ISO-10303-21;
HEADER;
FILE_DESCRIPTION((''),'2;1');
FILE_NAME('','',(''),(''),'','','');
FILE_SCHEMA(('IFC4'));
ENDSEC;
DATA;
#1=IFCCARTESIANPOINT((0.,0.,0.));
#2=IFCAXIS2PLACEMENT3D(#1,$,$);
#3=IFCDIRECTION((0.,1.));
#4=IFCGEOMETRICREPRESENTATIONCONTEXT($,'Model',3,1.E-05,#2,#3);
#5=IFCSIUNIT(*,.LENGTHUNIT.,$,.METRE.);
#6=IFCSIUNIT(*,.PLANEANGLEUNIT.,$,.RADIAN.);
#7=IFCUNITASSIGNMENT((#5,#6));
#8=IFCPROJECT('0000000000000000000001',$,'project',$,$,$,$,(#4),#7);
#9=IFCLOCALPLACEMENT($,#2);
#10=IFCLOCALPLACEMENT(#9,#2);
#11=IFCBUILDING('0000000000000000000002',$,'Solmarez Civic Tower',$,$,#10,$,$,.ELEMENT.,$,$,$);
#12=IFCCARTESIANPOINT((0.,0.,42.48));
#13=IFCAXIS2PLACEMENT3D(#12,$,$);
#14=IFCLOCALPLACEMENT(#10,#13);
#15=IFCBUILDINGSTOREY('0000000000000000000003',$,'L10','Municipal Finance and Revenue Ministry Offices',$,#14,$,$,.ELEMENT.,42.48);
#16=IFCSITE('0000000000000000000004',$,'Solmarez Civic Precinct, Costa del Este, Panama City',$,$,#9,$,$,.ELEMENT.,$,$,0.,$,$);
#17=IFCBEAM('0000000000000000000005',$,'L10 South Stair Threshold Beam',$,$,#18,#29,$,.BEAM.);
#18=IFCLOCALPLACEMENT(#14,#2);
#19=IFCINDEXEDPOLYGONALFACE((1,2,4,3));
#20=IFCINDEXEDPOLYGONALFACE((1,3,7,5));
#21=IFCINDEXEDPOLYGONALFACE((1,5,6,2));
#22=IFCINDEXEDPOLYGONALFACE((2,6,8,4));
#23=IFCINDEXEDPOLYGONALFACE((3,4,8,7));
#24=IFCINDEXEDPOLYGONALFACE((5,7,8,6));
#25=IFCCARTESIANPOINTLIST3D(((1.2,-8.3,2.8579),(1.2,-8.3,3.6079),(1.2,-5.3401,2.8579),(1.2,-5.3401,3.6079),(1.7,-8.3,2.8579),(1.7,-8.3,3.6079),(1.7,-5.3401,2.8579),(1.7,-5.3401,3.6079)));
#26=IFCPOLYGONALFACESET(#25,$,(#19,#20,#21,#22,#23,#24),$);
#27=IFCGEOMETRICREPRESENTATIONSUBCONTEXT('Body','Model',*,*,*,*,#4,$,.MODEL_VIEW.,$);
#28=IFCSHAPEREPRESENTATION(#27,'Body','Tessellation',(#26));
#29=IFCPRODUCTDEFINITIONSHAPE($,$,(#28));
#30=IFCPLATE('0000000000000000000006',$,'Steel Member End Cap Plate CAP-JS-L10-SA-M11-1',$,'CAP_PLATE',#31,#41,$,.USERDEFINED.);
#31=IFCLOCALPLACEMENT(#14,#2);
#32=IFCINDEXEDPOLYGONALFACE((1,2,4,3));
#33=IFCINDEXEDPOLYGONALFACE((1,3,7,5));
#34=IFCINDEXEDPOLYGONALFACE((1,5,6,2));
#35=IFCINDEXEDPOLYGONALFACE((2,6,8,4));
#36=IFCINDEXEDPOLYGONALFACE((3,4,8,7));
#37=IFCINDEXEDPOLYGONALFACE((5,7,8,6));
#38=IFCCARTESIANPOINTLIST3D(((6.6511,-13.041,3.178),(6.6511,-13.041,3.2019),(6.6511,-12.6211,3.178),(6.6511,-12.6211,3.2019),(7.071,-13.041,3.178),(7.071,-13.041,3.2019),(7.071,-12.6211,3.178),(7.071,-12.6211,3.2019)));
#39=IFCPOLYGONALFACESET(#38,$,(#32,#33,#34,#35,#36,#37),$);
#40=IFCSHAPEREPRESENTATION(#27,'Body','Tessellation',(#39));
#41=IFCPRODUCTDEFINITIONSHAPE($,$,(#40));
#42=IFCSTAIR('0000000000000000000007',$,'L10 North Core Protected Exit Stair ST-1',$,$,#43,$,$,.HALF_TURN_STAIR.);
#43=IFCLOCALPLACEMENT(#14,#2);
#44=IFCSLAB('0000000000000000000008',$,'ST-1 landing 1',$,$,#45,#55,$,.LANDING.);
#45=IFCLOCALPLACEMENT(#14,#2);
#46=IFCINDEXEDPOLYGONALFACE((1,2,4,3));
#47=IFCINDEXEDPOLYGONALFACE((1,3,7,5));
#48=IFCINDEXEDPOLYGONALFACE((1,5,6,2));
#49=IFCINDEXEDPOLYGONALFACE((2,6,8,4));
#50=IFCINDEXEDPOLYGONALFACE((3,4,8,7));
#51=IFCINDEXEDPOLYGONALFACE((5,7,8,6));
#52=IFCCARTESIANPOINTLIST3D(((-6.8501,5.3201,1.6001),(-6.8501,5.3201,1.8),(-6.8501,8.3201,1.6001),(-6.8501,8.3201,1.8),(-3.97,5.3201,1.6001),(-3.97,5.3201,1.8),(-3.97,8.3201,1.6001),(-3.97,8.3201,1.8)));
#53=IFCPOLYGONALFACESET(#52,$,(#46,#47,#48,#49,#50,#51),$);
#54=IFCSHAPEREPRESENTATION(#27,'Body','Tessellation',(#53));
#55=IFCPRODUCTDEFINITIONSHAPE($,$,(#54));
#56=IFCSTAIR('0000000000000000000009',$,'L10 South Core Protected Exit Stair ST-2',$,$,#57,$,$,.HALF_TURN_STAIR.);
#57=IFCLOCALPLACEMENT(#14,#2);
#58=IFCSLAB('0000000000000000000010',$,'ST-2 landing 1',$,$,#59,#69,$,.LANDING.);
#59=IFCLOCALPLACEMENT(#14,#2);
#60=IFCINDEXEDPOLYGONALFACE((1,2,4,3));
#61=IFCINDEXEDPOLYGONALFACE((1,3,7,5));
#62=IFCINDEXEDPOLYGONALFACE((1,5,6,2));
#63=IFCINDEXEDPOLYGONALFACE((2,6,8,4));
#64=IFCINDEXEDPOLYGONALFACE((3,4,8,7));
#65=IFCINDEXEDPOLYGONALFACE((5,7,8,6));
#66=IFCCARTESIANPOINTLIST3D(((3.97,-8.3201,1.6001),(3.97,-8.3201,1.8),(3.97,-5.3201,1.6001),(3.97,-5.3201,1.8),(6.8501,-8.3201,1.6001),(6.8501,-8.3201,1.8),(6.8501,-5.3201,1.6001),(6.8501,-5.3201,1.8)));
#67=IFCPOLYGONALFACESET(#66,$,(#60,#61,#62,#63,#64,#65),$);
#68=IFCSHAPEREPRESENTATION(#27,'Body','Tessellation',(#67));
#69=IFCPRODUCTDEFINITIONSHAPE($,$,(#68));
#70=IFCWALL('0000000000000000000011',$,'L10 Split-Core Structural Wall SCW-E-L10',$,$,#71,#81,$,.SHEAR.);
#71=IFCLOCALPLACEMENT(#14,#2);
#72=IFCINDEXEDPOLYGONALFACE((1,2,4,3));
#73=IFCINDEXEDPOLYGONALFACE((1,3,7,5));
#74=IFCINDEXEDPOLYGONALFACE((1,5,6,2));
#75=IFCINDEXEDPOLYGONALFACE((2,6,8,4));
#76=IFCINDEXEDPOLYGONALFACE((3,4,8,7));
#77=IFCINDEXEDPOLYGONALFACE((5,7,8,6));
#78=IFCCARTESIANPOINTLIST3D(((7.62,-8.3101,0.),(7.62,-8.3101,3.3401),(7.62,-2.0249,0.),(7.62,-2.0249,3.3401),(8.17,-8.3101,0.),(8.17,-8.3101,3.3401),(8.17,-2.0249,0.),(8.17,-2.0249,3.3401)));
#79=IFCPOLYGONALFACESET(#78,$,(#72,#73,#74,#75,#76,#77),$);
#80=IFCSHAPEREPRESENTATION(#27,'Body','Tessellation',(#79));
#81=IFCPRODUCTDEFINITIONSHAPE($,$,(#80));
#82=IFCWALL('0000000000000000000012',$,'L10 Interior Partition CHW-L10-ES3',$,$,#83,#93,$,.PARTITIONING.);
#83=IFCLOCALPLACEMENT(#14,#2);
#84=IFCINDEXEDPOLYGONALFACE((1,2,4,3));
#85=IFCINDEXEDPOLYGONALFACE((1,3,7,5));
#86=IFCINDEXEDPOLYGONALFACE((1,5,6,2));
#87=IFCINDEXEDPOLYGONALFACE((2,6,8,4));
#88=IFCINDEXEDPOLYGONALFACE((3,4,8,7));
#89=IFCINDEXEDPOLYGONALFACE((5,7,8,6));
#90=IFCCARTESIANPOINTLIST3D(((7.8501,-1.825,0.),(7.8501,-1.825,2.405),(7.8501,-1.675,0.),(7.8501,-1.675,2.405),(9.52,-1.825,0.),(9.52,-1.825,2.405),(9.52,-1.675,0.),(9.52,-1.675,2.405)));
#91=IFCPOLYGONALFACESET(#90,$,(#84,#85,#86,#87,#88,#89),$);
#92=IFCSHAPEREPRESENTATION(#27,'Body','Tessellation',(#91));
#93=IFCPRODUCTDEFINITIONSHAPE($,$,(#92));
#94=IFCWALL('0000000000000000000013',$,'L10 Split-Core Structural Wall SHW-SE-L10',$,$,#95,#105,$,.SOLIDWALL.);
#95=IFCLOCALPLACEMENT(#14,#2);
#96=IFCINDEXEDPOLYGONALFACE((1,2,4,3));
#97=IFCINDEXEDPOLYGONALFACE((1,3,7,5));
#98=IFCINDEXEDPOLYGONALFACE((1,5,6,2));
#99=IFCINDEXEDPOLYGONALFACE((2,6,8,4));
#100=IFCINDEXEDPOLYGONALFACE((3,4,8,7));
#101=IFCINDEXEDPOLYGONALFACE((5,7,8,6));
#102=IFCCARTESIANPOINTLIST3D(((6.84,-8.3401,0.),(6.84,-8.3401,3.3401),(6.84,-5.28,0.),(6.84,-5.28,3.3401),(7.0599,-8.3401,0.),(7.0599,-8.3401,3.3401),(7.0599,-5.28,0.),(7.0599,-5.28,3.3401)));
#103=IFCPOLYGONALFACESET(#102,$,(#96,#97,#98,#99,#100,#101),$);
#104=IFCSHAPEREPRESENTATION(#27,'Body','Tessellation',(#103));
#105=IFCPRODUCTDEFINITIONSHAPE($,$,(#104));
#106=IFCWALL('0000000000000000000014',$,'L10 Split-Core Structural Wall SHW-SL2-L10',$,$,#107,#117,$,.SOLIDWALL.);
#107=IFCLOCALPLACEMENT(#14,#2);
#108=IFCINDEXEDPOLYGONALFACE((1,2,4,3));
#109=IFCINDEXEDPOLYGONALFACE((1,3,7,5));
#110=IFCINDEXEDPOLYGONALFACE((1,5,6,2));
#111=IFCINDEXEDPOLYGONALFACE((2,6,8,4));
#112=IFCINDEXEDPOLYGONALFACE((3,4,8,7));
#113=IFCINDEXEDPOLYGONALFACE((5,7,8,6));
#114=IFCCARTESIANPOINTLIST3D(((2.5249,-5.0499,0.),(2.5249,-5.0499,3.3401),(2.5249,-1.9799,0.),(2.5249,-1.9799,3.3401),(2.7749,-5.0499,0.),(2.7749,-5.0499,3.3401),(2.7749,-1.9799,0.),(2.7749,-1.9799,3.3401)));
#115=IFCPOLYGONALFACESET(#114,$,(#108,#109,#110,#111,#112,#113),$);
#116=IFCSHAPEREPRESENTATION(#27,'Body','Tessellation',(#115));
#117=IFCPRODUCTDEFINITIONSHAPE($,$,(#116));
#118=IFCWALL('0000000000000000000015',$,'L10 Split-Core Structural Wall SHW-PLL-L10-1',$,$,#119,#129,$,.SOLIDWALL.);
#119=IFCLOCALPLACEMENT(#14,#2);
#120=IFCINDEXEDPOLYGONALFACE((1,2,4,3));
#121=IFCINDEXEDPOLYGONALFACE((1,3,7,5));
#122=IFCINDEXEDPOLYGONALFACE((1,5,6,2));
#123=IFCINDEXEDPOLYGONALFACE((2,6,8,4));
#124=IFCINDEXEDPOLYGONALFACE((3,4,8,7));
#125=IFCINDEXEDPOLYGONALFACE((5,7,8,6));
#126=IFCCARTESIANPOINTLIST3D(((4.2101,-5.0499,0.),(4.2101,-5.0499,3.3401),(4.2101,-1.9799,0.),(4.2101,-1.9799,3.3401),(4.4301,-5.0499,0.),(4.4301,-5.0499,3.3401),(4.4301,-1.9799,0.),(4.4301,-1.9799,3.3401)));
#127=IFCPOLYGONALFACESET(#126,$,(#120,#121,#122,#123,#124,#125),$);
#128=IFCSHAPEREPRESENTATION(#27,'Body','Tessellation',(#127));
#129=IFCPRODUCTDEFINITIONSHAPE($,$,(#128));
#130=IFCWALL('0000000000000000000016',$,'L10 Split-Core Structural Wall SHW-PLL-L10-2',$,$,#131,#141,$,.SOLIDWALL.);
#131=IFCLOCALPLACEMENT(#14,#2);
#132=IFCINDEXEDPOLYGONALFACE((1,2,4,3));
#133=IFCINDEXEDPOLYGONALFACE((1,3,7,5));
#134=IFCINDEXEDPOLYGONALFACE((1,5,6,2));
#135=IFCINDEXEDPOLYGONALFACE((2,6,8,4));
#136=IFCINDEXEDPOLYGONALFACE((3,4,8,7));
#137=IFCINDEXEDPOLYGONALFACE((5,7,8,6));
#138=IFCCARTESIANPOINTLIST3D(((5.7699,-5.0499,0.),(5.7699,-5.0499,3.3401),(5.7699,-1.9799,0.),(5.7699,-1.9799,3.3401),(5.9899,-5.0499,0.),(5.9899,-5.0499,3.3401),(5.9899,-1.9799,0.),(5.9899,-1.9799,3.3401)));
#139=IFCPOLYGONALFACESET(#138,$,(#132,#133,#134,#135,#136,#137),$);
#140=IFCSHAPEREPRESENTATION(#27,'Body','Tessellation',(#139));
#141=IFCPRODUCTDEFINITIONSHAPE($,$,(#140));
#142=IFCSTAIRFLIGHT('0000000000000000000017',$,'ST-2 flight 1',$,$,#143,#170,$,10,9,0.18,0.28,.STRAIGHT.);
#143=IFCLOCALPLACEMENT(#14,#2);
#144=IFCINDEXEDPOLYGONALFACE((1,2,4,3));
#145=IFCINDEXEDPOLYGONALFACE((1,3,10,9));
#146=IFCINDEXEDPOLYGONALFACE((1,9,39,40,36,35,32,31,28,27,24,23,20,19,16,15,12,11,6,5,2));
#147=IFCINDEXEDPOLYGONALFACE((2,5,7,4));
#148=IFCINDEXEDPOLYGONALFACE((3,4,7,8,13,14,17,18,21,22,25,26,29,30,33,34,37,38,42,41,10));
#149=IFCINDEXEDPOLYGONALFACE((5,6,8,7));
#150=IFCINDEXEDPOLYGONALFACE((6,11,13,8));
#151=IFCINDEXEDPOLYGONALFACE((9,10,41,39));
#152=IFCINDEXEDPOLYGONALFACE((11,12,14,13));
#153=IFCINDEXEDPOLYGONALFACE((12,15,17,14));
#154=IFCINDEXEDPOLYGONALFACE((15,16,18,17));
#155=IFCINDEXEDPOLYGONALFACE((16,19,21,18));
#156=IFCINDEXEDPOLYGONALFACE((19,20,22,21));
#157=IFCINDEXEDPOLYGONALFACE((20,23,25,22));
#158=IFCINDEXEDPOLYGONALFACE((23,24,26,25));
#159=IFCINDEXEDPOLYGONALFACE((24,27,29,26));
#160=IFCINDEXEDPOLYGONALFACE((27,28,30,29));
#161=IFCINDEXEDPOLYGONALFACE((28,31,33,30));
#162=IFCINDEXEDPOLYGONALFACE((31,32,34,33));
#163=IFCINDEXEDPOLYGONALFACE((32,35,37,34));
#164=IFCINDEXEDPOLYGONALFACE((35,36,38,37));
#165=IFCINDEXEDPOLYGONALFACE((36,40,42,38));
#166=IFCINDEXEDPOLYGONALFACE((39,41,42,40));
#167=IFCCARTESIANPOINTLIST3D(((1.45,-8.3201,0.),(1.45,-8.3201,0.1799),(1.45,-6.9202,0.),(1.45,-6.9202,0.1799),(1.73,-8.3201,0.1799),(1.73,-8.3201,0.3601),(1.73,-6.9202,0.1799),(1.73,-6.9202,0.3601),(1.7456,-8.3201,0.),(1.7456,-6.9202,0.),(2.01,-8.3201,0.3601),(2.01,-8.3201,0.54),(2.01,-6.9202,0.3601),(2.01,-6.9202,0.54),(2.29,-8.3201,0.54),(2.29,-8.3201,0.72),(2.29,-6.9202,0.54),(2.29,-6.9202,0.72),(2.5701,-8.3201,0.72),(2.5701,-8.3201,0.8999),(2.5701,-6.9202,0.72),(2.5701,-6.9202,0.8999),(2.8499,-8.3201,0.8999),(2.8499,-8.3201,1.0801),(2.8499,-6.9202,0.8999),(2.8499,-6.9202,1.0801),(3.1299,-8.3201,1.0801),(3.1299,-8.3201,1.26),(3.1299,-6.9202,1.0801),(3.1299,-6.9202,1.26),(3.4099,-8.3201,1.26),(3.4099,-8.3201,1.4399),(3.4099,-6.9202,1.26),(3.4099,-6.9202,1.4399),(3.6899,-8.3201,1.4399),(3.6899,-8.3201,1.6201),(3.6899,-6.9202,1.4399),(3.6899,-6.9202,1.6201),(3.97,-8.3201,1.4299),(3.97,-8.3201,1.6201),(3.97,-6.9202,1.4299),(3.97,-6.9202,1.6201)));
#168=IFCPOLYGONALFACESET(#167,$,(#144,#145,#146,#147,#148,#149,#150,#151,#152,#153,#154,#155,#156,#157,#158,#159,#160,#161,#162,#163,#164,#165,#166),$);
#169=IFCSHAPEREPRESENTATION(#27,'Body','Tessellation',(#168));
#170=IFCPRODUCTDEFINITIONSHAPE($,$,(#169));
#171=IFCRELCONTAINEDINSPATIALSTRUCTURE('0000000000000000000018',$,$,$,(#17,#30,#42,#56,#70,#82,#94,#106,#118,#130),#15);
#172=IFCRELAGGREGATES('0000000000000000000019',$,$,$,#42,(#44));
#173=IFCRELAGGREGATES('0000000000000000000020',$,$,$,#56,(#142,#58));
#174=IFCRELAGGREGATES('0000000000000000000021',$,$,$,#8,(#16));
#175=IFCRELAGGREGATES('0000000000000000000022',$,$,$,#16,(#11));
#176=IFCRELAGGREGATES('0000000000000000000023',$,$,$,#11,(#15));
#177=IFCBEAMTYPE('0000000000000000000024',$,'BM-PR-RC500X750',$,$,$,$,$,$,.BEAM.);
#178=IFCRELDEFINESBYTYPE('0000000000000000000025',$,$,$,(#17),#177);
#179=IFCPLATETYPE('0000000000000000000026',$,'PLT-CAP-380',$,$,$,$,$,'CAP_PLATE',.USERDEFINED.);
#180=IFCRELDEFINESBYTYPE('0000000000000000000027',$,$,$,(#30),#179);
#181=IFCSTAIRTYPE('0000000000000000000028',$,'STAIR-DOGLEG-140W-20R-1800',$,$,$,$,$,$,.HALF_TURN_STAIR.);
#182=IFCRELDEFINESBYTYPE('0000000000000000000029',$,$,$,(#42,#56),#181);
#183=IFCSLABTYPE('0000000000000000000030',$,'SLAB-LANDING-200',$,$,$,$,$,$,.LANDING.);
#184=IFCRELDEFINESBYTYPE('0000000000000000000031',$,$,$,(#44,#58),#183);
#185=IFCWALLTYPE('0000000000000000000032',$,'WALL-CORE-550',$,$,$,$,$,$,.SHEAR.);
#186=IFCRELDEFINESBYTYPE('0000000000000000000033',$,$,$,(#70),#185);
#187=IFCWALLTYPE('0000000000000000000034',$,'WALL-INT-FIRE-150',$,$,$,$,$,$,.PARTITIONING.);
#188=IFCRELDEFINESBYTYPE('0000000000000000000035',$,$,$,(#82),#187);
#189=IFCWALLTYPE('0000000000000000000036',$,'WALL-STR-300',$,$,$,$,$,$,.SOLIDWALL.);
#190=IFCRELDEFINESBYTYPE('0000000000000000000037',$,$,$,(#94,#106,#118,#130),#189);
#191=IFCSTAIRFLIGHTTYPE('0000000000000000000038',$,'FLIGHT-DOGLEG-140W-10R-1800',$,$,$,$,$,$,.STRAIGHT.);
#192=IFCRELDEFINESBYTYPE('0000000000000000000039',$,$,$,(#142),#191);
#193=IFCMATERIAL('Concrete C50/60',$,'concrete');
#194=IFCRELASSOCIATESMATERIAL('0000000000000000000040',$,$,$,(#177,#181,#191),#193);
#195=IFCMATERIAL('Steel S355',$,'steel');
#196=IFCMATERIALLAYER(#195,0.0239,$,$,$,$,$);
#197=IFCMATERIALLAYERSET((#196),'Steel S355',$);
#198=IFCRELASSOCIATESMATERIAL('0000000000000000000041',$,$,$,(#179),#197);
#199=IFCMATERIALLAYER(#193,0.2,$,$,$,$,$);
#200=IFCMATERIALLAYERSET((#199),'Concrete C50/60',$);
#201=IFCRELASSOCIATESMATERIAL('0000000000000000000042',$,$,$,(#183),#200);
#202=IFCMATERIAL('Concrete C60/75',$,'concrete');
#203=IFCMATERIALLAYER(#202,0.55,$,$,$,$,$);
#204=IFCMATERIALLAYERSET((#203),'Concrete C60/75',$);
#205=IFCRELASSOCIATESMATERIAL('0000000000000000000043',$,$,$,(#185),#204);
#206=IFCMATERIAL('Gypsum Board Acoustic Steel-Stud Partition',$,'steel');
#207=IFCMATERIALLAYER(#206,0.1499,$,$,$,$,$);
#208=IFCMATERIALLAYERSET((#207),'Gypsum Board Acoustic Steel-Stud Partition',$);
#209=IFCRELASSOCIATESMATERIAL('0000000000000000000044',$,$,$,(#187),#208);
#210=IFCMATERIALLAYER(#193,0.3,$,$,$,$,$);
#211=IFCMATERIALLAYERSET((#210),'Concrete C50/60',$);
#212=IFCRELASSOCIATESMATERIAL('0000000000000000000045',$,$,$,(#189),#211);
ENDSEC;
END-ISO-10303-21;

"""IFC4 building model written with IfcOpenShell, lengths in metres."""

from ifc_helpers import new_model, si_unit, direction, frame, frame_2d, origin, origin_2d, place, context, subcontext, project, spatial, polyline, rectangle, outline, extrude, material, layer, layer_set, material_profile, profile_set, type_object, element, aggregate, save


model = new_model("IFC4")

# Units and contexts
model_context = context("Model", 3, precision=1e-05, world=origin(), true_north=direction((0.0, 1.0)))
body_context = subcontext(model_context, "Body", "Model", "MODEL_VIEW")
ifc_project = project(units=[si_unit("LENGTHUNIT", "METRE"), si_unit("PLANEANGLEUNIT", "RADIAN")], contexts=[model_context])

# Site, building, storey
site_placement = place(None, origin())
site = spatial("IfcSite", under=ifc_project, at=site_placement, Name="Solmarez Civic Precinct, Costa del Este, Panama City", CompositionType="ELEMENT", RefElevation=0.0)
building_placement = place(site_placement, origin())
building = spatial("IfcBuilding", under=site, at=building_placement, Name="Solmarez Civic Tower", CompositionType="ELEMENT")
storey_placement = place(building_placement, frame((0.0, 0.0, 42.48)))
storey = spatial("IfcBuildingStorey", under=building, at=storey_placement, Name="L10", Description="Municipal Finance and Revenue Ministry Offices", CompositionType="ELEMENT", Elevation=42.48)

# Beam
ifc_material_1 = material(Name="Concrete C50/60", Category="concrete")
ifc_material_profile = material_profile(ifc_material_1, rectangle(XDim=0.5, YDim=0.75, at=origin_2d()), Name="RC500X750")
ifc_profile_set = profile_set([ifc_material_profile], Name="Concrete C50/60")
beam_type = type_object("IfcBeamType", Name="BM-PR-RC500X750", PredefinedType="BEAM", material=ifc_profile_set)
beam_placement = place(storey_placement, frame((1.45, -8.3, 3.2329), z_axis=(0.0, 1.0, 0.0), x_axis=(-1.0, 0.0, 0.0)))
element("IfcBeam", 1, at=beam_placement, inside=storey, type_object=beam_type, Name="L10 South Stair Threshold Beam", PredefinedType="BEAM", context=body_context, shape_type="SweptSolid", body=[
    extrude(rectangle(XDim=0.5, YDim=0.75, at=origin_2d()), origin(), (0.0, 0.0, 1.0), 2.96),
])

# Plate
ifc_material_2 = material(Name="Steel S355", Category="steel")
ifc_layer_1 = layer(ifc_material_2, 0.0239)
ifc_layer_set_1 = layer_set([ifc_layer_1], Name="Steel S355")
plate_type = type_object("IfcPlateType", Name="PLT-CAP-380", ElementType="CAP_PLATE", PredefinedType="USERDEFINED", material=ifc_layer_set_1)
plate_placement = place(storey_placement, frame((6.8611, -12.8311, 3.178), z_axis=(0.0, 0.0, 1.0), x_axis=(1.0, 0.0, 0.0)))
element("IfcPlate", 2, at=plate_placement, inside=storey, type_object=plate_type, Name="Steel Member End Cap Plate CAP-JS-L10-SA-M11-1", ObjectType="CAP_PLATE", PredefinedType="USERDEFINED", context=body_context, shape_type="SweptSolid", body=[
    extrude(rectangle(XDim=0.4199, YDim=0.4199, at=origin_2d()), origin(), (0.0, 0.0, 1.0), 0.0239),
])

# Stairs, slabs
stair_type = type_object("IfcStairType", Name="STAIR-DOGLEG-140W-20R-1800", PredefinedType="HALF_TURN_STAIR", material=ifc_material_1)
stair_1_placement = place(storey_placement, origin())
stair_1 = element("IfcStair", 3, at=stair_1_placement, inside=storey, type_object=stair_type, Name="L10 North Core Protected Exit Stair ST-1", PredefinedType="HALF_TURN_STAIR")
ifc_layer_2 = layer(ifc_material_1, 0.2)
ifc_layer_set_2 = layer_set([ifc_layer_2], Name="Concrete C50/60")
slab_type = type_object("IfcSlabType", Name="SLAB-LANDING-200", PredefinedType="LANDING", material=ifc_layer_set_2)
slab_1_placement = place(storey_placement, frame((0.0, 0.0, 1.6001)))
slab_1 = element("IfcSlab", 4, at=slab_1_placement, type_object=slab_type, Name="ST-1 landing 1", PredefinedType="LANDING", context=body_context, shape_type="SweptSolid", body=[
    extrude(outline(polyline([(-3.97, 8.3201), (-6.8501, 8.3201), (-6.8501, 5.3201), (-3.97, 5.3201), (-3.97, 8.3201)])), origin(), (0.0, 0.0, 1.0), 0.2),
])
aggregate(stair_1, [slab_1])
stair_2_placement = place(storey_placement, origin())
stair_2 = element("IfcStair", 5, at=stair_2_placement, inside=storey, type_object=stair_type, Name="L10 South Core Protected Exit Stair ST-2", PredefinedType="HALF_TURN_STAIR")
slab_2_placement = place(storey_placement, frame((0.0, 0.0, 1.6001)))
slab_2 = element("IfcSlab", 6, at=slab_2_placement, type_object=slab_type, Name="ST-2 landing 1", PredefinedType="LANDING", context=body_context, shape_type="SweptSolid", body=[
    extrude(outline(polyline([(3.97, -8.3201), (6.8501, -8.3201), (6.8501, -5.3201), (3.97, -5.3201), (3.97, -8.3201)])), origin(), (0.0, 0.0, 1.0), 0.2),
])

# Walls
ifc_material_3 = material(Name="Concrete C60/75", Category="concrete")
ifc_layer_3 = layer(ifc_material_3, 0.55)
ifc_layer_set_3 = layer_set([ifc_layer_3], Name="Concrete C60/75")
wall_type_1 = type_object("IfcWallType", Name="WALL-CORE-550", PredefinedType="SHEAR", material=ifc_layer_set_3)
wall_1_placement = place(storey_placement, frame((7.895, -2.0249, 0.0), z_axis=(0.0, 0.0, 1.0), x_axis=(0.0, -1.0, 0.0)))
element("IfcWall", 7, at=wall_1_placement, inside=storey, type_object=wall_type_1, Name="L10 Split-Core Structural Wall SCW-E-L10", PredefinedType="SHEAR", context=body_context, shape_type="SweptSolid", body=[
    extrude(rectangle(XDim=6.2852, YDim=0.55, at=frame_2d((3.1426, 0.0))), origin(), (0.0, 0.0, 1.0), 3.3401),
])
ifc_material_4 = material(Name="Gypsum Board Acoustic Steel-Stud Partition", Category="steel")
ifc_layer_4 = layer(ifc_material_4, 0.1499)
ifc_layer_set_4 = layer_set([ifc_layer_4], Name="Gypsum Board Acoustic Steel-Stud Partition")
wall_type_2 = type_object("IfcWallType", Name="WALL-INT-FIRE-150", PredefinedType="PARTITIONING", material=ifc_layer_set_4)
wall_2_placement = place(storey_placement, frame((7.8501, -1.75, 0.0), z_axis=(0.0, 0.0, 1.0), x_axis=(1.0, 0.0, 0.0)))
element("IfcWall", 8, at=wall_2_placement, inside=storey, type_object=wall_type_2, Name="L10 Interior Partition CHW-L10-ES3", PredefinedType="PARTITIONING", context=body_context, shape_type="SweptSolid", body=[
    extrude(rectangle(XDim=1.6699, YDim=0.1499, at=frame_2d((0.835, 0.0))), origin(), (0.0, 0.0, 1.0), 2.405),
])
ifc_layer_5 = layer(ifc_material_1, 0.3)
ifc_layer_set_5 = layer_set([ifc_layer_5], Name="Concrete C50/60")
wall_type_3 = type_object("IfcWallType", Name="WALL-STR-300", PredefinedType="SOLIDWALL", material=ifc_layer_set_5)
wall_3_placement = place(storey_placement, frame((6.95, -8.3401, 0.0), z_axis=(0.0, 0.0, 1.0), x_axis=(0.0, 1.0, 0.0)))
element("IfcWall", 9, at=wall_3_placement, inside=storey, type_object=wall_type_3, Name="L10 Split-Core Structural Wall SHW-SE-L10", PredefinedType="SOLIDWALL", context=body_context, shape_type="SweptSolid", body=[
    extrude(rectangle(XDim=3.0601, YDim=0.22, at=frame_2d((1.53, 0.0))), origin(), (0.0, 0.0, 1.0), 3.3401),
])
wall_4_placement = place(storey_placement, frame((2.6499, -5.05, 0.0), z_axis=(0.0, 0.0, 1.0), x_axis=(0.0, 1.0, 0.0)))
element("IfcWall", 10, at=wall_4_placement, inside=storey, type_object=wall_type_3, Name="L10 Split-Core Structural Wall SHW-SL2-L10", PredefinedType="SOLIDWALL", context=body_context, shape_type="SweptSolid", body=[
    extrude(rectangle(XDim=3.0701, YDim=0.25, at=frame_2d((1.5352, 0.0))), origin(), (0.0, 0.0, 1.0), 3.3401),
])
for number, where, z_axis, x_axis, name in (
    (11, (4.3201, -5.05, 0.0), (0.0, 0.0, 1.0), (0.0, 1.0, 0.0), "L10 Split-Core Structural Wall SHW-PLL-L10-1"),
    (12, (5.8799, -5.05, 0.0), (0.0, 0.0, 1.0), (0.0, 1.0, 0.0), "L10 Split-Core Structural Wall SHW-PLL-L10-2"),
):
    element("IfcWall", number, at=place(storey_placement, frame(where, z_axis=z_axis, x_axis=x_axis)), inside=storey, type_object=wall_type_3, Name=name, PredefinedType="SOLIDWALL", context=body_context, shape_type="SweptSolid", body=[
        extrude(rectangle(XDim=3.0701, YDim=0.22, at=frame_2d((1.5352, 0.0))), origin(), (0.0, 0.0, 1.0), 3.3401),
    ])

# Stair flight
stair_flight_type = type_object("IfcStairFlightType", Name="FLIGHT-DOGLEG-140W-10R-1800", PredefinedType="STRAIGHT", material=ifc_material_1)
stair_flight_1_placement = place(storey_placement, frame((1.45, -7.6201, 0.0), z_axis=(0.0, 0.0, 1.0), x_axis=(1.0, 0.0, 0.0)))
stair_flight_1 = element("IfcStairFlight", 13, at=stair_flight_1_placement, type_object=stair_flight_type, Name="ST-2 flight 1", NumberOfRisers=10, NumberOfTreads=9, PredefinedType="STRAIGHT", RiserHeight=0.18, TreadLength=0.28, context=body_context, shape_type="SweptSolid", body=[
    extrude(outline(polyline([(0.0, 0.0), (0.0, 0.1799), (0.28, 0.1799), (0.28, 0.3601), (0.5601, 0.3601), (0.5601, 0.54), (0.8401, 0.54), (0.8401, 0.72), (1.1201, 0.72), (1.1201, 0.8999), (1.3999, 0.8999), (1.3999, 1.0801), (1.6799, 1.0801), (1.6799, 1.26), (1.96, 1.26), (1.96, 1.4399), (2.24, 1.4399), (2.24, 1.6201), (2.52, 1.6201), (2.52, 1.8), (2.52, 1.4299), (0.2957, 0.0), (0.0, 0.0)])), frame((0.0, 0.7, 0.0), z_axis=(0.0, -1.0, 0.0), x_axis=(1.0, 0.0, 0.0)), (0.0, 0.0, 1.0), 1.3999),
])
aggregate(stair_2, [stair_flight_1, slab_2])

save(model, "model.ifc")
